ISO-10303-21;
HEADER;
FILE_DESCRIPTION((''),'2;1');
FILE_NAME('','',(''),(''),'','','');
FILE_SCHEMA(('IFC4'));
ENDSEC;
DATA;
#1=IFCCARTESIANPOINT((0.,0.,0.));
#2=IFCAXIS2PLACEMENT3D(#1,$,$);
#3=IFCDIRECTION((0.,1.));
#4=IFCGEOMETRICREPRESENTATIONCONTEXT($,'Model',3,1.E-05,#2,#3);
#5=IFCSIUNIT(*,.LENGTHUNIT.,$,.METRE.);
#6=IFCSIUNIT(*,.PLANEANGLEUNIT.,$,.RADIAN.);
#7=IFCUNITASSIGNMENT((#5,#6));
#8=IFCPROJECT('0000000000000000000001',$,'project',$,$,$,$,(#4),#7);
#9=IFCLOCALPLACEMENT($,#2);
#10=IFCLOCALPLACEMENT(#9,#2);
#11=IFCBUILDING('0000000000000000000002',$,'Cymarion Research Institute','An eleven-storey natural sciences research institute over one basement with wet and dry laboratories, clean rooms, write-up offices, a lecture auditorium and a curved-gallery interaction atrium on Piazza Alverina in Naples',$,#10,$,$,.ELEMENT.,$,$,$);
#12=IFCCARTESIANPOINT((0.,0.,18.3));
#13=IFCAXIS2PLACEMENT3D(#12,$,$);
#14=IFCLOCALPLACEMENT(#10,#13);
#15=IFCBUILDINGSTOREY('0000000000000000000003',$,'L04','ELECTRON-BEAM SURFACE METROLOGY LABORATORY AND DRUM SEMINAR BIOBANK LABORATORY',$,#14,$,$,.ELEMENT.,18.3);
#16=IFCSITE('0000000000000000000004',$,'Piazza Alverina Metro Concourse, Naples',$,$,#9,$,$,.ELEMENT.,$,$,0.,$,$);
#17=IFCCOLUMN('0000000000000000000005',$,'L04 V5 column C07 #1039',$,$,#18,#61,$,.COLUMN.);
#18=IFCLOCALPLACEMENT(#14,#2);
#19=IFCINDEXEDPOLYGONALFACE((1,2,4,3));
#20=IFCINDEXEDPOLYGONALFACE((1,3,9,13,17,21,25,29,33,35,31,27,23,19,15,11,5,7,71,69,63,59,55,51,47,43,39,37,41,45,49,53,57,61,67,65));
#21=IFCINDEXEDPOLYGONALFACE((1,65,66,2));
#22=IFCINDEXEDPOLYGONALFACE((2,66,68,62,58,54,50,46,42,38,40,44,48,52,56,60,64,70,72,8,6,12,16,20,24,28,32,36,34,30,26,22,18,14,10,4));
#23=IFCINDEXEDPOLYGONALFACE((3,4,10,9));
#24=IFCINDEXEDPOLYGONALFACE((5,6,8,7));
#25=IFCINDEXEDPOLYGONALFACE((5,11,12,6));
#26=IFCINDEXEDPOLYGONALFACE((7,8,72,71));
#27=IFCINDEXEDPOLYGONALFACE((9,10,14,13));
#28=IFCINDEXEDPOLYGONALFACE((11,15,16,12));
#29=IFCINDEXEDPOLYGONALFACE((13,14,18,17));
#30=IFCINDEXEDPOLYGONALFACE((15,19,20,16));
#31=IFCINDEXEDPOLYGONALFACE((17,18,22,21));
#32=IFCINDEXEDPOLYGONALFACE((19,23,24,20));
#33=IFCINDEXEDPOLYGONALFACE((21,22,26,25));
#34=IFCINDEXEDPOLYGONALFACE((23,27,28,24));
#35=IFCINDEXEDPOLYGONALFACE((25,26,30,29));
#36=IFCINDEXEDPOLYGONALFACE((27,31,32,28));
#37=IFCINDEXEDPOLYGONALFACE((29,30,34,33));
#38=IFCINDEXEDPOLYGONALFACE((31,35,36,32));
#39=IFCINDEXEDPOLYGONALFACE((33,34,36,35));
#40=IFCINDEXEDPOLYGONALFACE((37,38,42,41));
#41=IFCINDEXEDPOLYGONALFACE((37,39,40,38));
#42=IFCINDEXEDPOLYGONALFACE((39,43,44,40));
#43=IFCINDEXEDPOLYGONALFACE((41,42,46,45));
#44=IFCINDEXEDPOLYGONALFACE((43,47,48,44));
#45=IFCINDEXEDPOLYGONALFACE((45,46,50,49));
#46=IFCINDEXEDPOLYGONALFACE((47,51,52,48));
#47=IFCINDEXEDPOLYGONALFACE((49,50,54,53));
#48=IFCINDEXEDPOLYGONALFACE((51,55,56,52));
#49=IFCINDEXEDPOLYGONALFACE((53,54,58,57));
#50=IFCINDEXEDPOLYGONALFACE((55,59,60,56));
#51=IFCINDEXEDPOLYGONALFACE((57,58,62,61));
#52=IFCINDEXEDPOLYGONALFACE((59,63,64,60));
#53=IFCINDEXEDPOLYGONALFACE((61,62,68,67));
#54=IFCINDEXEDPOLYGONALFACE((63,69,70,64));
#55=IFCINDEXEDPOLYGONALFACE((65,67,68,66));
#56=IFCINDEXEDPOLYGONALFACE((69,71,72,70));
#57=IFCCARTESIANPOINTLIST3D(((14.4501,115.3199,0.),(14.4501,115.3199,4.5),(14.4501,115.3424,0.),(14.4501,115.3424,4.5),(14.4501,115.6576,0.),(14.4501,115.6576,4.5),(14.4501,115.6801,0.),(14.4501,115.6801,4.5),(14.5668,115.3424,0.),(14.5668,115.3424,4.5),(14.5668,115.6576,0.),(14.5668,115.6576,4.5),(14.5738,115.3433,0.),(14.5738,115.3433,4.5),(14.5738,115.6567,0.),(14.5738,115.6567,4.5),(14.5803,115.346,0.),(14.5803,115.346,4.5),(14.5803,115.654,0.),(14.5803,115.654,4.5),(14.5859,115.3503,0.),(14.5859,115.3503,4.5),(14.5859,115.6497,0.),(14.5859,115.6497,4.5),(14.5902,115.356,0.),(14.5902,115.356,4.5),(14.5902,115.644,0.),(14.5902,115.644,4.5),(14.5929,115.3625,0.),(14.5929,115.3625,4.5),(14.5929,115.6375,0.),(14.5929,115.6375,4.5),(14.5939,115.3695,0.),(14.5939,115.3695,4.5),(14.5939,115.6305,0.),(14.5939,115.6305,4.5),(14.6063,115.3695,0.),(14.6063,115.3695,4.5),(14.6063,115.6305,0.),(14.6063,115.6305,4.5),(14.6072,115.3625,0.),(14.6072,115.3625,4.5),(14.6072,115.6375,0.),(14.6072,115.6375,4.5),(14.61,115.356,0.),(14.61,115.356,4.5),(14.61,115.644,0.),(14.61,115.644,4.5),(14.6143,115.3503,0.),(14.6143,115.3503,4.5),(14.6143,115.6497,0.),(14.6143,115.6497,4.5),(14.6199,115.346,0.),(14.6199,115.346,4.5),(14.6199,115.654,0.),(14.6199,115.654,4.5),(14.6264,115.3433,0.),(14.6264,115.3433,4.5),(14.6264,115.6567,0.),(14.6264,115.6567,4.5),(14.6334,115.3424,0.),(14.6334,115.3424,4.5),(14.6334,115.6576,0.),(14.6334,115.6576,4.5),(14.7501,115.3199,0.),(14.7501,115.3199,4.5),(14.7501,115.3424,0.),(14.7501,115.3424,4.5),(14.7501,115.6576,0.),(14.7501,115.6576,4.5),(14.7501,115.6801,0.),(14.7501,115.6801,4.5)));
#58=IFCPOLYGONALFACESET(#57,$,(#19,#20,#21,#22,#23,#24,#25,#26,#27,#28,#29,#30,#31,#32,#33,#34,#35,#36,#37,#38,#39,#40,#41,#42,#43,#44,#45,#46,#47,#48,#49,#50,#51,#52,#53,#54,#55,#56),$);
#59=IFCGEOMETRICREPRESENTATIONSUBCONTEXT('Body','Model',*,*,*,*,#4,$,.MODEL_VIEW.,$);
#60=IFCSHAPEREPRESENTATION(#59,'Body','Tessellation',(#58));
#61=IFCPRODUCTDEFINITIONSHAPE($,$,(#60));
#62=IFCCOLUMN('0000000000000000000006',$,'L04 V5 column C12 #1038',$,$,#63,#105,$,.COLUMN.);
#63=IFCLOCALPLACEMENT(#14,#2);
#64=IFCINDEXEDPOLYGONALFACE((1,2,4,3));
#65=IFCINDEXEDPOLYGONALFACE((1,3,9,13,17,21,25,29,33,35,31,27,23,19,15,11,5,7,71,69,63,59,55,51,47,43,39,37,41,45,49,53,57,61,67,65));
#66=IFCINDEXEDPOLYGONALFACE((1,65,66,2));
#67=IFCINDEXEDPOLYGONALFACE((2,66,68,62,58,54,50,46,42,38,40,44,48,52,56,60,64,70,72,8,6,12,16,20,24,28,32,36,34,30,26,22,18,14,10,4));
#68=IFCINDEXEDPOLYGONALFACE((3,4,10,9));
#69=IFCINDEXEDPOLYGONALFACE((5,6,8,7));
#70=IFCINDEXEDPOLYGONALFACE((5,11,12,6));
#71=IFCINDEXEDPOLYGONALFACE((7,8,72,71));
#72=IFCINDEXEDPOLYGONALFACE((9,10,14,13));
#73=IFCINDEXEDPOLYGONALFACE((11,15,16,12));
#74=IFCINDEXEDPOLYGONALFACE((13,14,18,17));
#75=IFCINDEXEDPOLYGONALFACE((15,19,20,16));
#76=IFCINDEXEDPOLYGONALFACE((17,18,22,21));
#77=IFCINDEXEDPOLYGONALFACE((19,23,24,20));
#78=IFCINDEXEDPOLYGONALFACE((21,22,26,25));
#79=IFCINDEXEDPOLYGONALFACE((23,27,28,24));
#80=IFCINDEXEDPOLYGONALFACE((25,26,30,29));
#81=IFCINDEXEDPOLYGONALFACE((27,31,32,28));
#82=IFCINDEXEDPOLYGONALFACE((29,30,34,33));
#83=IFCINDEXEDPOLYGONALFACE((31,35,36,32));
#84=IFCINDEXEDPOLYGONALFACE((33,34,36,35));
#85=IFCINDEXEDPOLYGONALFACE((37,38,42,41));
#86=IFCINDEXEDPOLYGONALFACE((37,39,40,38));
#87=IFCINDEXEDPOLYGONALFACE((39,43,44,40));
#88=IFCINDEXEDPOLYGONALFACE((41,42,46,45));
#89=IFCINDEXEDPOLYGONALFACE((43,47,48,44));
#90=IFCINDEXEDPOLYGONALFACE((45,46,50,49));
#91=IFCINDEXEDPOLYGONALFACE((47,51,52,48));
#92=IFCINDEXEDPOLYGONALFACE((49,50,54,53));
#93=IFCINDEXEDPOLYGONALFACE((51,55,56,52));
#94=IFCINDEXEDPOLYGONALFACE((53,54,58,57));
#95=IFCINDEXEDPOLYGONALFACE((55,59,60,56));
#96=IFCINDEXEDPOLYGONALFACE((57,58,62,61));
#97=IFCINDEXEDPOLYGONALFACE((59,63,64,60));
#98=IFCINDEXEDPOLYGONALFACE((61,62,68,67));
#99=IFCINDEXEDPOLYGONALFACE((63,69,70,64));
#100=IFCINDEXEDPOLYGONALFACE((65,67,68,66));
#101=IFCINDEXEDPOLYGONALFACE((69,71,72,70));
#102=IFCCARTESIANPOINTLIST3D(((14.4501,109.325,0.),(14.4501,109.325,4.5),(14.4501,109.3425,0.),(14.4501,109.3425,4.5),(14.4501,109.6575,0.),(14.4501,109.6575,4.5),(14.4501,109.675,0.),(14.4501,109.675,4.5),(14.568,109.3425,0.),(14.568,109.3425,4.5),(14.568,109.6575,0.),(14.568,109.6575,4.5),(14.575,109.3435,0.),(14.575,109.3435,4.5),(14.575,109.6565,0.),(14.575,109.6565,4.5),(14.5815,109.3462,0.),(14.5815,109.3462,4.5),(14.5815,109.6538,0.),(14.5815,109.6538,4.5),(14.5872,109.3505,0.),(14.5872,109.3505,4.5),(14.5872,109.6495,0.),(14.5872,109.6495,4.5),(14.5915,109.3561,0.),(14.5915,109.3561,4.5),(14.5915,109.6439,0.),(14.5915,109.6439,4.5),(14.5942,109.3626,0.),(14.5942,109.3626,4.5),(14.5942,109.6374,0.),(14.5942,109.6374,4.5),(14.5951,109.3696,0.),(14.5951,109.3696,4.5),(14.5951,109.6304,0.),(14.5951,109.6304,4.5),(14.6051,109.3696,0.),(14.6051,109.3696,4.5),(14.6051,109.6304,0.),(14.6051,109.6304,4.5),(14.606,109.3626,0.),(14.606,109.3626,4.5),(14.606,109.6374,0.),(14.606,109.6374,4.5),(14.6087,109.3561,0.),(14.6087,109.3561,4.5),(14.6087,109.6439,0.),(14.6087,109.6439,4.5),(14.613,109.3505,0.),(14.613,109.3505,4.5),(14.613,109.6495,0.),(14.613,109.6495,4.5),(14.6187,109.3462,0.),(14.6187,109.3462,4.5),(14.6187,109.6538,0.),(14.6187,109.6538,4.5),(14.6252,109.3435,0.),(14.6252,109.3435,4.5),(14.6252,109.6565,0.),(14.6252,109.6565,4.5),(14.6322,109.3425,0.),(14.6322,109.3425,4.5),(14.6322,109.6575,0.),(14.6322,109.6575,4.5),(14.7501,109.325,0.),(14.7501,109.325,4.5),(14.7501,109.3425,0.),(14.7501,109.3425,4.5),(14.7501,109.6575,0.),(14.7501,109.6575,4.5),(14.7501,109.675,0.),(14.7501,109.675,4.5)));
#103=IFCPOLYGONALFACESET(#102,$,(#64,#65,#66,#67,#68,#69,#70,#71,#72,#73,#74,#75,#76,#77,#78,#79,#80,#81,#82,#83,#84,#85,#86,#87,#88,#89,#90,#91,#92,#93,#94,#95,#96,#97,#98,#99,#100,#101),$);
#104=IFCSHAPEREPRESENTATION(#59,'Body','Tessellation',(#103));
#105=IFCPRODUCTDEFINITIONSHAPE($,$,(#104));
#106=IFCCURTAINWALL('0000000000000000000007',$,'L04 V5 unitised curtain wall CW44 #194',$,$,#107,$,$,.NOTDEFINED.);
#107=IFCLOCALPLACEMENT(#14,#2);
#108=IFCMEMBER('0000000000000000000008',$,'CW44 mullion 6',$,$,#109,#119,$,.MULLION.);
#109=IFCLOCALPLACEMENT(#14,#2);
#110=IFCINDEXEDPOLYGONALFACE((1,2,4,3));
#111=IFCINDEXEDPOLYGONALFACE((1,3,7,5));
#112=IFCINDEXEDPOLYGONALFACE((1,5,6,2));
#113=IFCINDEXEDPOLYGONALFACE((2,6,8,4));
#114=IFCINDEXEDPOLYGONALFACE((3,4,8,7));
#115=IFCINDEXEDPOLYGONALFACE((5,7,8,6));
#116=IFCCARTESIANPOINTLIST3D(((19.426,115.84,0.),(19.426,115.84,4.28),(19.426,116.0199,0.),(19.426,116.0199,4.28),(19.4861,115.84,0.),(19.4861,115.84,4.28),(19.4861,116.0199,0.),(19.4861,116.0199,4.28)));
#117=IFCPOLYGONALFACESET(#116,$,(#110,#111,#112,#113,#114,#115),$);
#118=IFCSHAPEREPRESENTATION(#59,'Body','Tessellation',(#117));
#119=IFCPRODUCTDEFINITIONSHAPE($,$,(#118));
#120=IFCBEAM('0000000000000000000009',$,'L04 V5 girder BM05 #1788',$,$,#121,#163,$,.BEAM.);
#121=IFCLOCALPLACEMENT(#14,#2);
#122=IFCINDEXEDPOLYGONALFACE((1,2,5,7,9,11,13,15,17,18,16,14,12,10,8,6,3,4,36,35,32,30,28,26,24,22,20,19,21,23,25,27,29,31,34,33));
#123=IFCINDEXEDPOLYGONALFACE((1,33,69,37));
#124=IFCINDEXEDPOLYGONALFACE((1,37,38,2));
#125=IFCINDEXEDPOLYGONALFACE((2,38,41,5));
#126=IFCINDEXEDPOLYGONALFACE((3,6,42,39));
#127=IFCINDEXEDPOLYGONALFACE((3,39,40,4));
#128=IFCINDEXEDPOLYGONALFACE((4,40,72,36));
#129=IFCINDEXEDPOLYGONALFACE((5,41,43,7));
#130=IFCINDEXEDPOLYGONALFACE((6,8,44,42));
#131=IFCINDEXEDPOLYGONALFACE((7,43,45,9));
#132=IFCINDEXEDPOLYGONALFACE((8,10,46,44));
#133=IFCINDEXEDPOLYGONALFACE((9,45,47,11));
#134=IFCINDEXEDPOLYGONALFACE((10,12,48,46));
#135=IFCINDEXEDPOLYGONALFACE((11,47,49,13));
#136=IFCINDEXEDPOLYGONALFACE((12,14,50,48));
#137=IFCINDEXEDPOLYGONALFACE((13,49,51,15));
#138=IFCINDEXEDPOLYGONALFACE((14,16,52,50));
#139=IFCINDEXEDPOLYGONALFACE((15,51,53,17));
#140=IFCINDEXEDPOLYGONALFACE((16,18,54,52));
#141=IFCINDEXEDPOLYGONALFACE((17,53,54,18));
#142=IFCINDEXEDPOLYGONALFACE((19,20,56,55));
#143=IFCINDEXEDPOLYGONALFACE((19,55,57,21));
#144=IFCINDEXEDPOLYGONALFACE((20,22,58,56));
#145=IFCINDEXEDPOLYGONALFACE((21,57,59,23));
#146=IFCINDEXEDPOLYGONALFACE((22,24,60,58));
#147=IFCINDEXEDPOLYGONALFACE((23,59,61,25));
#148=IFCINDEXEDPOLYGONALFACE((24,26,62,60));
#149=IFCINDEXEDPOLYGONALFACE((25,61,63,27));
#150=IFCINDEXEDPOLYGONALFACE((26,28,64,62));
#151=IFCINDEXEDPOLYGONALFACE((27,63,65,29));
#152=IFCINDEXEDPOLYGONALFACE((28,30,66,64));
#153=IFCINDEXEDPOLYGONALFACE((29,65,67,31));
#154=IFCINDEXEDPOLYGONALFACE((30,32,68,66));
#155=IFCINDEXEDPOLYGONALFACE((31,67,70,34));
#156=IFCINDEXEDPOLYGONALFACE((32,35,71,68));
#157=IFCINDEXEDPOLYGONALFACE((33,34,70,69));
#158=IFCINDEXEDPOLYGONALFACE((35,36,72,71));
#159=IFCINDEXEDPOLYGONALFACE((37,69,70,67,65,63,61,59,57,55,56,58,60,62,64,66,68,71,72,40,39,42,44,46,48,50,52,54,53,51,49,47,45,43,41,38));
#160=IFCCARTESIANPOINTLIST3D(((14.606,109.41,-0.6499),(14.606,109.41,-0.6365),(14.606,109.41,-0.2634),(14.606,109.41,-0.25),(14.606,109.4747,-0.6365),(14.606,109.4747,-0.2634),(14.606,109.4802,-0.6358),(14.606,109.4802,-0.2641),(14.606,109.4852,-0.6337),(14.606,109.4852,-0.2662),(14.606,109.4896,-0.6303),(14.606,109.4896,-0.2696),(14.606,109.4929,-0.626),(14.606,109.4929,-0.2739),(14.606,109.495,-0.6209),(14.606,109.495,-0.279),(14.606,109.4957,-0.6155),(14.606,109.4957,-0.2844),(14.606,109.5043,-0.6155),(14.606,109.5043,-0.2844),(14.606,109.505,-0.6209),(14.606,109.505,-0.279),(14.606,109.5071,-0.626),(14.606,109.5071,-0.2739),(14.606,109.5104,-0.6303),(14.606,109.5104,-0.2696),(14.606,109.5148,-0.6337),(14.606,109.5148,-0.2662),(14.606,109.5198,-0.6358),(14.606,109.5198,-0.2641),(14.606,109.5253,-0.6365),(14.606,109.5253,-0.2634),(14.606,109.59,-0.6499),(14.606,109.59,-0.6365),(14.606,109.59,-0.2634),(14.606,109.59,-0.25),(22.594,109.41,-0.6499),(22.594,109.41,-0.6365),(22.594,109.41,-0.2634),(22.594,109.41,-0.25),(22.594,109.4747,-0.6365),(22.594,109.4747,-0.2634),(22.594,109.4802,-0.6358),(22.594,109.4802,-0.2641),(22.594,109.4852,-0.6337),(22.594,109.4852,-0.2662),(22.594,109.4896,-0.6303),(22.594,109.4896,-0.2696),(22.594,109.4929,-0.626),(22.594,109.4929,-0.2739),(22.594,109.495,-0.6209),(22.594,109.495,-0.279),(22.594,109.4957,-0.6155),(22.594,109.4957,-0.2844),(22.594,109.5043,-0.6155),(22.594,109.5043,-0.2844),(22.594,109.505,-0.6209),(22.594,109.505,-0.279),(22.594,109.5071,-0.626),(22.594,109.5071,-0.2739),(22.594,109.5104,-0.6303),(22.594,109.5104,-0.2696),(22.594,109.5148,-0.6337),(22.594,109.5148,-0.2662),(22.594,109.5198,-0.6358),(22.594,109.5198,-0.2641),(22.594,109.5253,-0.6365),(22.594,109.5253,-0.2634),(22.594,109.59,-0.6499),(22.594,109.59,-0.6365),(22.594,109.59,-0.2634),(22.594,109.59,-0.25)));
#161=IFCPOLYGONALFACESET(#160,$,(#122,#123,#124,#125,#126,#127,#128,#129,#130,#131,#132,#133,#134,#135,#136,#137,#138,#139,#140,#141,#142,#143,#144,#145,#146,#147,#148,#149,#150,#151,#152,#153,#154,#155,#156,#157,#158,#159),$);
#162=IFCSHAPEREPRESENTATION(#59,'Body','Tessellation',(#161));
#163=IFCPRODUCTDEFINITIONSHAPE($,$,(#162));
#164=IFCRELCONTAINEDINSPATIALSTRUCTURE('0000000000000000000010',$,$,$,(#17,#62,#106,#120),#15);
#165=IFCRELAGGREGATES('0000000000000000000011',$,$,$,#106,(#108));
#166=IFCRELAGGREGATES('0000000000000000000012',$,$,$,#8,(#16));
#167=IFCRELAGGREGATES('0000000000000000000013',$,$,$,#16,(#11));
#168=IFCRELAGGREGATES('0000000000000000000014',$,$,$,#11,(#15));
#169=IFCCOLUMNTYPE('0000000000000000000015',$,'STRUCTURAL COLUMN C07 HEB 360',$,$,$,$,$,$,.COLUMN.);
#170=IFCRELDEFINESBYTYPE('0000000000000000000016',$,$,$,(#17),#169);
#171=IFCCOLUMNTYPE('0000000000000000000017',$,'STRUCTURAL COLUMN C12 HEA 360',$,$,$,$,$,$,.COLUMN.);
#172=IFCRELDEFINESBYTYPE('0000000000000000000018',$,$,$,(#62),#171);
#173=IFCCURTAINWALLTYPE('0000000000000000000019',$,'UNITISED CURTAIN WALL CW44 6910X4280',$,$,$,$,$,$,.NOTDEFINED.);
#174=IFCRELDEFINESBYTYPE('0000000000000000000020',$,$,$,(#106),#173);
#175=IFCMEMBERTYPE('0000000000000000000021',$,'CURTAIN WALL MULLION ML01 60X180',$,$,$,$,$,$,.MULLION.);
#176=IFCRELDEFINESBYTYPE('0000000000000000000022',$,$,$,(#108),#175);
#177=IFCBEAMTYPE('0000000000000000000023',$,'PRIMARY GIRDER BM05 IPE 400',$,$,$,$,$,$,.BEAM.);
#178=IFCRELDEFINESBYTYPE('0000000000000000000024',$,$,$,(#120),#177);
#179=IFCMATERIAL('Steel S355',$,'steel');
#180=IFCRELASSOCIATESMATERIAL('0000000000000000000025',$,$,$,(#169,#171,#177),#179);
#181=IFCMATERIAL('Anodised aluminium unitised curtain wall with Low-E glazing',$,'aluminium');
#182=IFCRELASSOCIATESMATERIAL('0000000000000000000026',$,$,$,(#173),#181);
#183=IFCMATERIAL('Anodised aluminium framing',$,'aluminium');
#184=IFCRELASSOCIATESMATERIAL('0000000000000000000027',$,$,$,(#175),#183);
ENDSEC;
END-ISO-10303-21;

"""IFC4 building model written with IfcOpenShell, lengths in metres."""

from ifc_helpers import new_model, si_unit, direction, frame, origin, origin_2d, place, context, subcontext, project, spatial, rectangle, i_section, extrude, material, material_profile, profile_set, type_object, element, aggregate, save


model = new_model("IFC4")

# Units and contexts
model_context = context("Model", 3, precision=1e-05, world=origin(), true_north=direction((0.0, 1.0)))
body_context = subcontext(model_context, "Body", "Model", "MODEL_VIEW")
ifc_project = project(units=[si_unit("LENGTHUNIT", "METRE"), si_unit("PLANEANGLEUNIT", "RADIAN")], contexts=[model_context])

# Site, building, storey
site_placement = place(None, origin())
site = spatial("IfcSite", under=ifc_project, at=site_placement, Name="Piazza Alverina Metro Concourse, Naples", CompositionType="ELEMENT", RefElevation=0.0)
building_placement = place(site_placement, origin())
building = spatial("IfcBuilding", under=site, at=building_placement, Name="Cymarion Research Institute", Description="An eleven-storey natural sciences research institute over one basement with wet and dry laboratories, clean rooms, write-up offices, a lecture auditorium and a curved-gallery interaction atrium on Piazza Alverina in Naples", CompositionType="ELEMENT")
storey_placement = place(building_placement, frame((0.0, 0.0, 18.3)))
storey = spatial("IfcBuildingStorey", under=building, at=storey_placement, Name="L04", Description="ELECTRON-BEAM SURFACE METROLOGY LABORATORY AND DRUM SEMINAR BIOBANK LABORATORY", CompositionType="ELEMENT", Elevation=18.3)

# Columns
ifc_material_1 = material(Name="Steel S355", Category="steel")
ifc_material_profile_1 = material_profile(ifc_material_1, i_section(OverallWidth=0.3, OverallDepth=0.3601, WebThickness=0.0125, FlangeThickness=0.0225, FilletRadius=0.0271, at=origin_2d()), Name="HEB 360")
ifc_profile_set_1 = profile_set([ifc_material_profile_1], Name="Steel S355")
column_type_1 = type_object("IfcColumnType", Name="STRUCTURAL COLUMN C07 HEB 360", PredefinedType="COLUMN", material=ifc_profile_set_1)
column_1_placement = place(storey_placement, frame((14.6001, 115.5, 0.0), z_axis=(0.0, 0.0, 1.0), x_axis=(1.0, 0.0, 0.0)))
element("IfcColumn", 1, at=column_1_placement, inside=storey, type_object=column_type_1, Name="L04 V5 column C07 #1039", PredefinedType="COLUMN", context=body_context, shape_type="SweptSolid", body=[
    extrude(i_section(OverallWidth=0.3, OverallDepth=0.3601, WebThickness=0.0125, FlangeThickness=0.0225, FilletRadius=0.0271, at=origin_2d()), origin(), (0.0, 0.0, 1.0), 4.5),
])
ifc_material_profile_2 = material_profile(ifc_material_1, i_section(OverallWidth=0.3, OverallDepth=0.3501, WebThickness=0.01, FlangeThickness=0.0176, FilletRadius=0.0271, at=origin_2d()), Name="HEA 360")
ifc_profile_set_2 = profile_set([ifc_material_profile_2], Name="Steel S355")
column_type_2 = type_object("IfcColumnType", Name="STRUCTURAL COLUMN C12 HEA 360", PredefinedType="COLUMN", material=ifc_profile_set_2)
column_2_placement = place(storey_placement, frame((14.6001, 109.5, 0.0), z_axis=(0.0, 0.0, 1.0), x_axis=(1.0, 0.0, 0.0)))
element("IfcColumn", 2, at=column_2_placement, inside=storey, type_object=column_type_2, Name="L04 V5 column C12 #1038", PredefinedType="COLUMN", context=body_context, shape_type="SweptSolid", body=[
    extrude(i_section(OverallWidth=0.3, OverallDepth=0.3501, WebThickness=0.01, FlangeThickness=0.0176, FilletRadius=0.0271, at=origin_2d()), origin(), (0.0, 0.0, 1.0), 4.5),
])

# Curtain wall, member
ifc_material_2 = material(Name="Anodised aluminium unitised curtain wall with Low-E glazing", Category="aluminium")
curtain_wall_type = type_object("IfcCurtainWallType", Name="UNITISED CURTAIN WALL CW44 6910X4280", PredefinedType="NOTDEFINED", material=ifc_material_2)
curtain_wall_placement = place(storey_placement, origin())
curtain_wall = element("IfcCurtainWall", 3, at=curtain_wall_placement, inside=storey, type_object=curtain_wall_type, Name="L04 V5 unitised curtain wall CW44 #194", PredefinedType="NOTDEFINED")
ifc_material_3 = material(Name="Anodised aluminium framing", Category="aluminium")
ifc_material_profile_3 = material_profile(ifc_material_3, rectangle(XDim=0.0601, YDim=0.1799, at=origin_2d()), Name="ALU MULLION 60x180")
ifc_profile_set_3 = profile_set([ifc_material_profile_3], Name="Anodised aluminium framing")
member_type_1 = type_object("IfcMemberType", Name="CURTAIN WALL MULLION ML01 60X180", PredefinedType="MULLION", material=ifc_profile_set_3)
member_1_placement = place(storey_placement, frame((19.4561, 115.9299, 0.0), z_axis=(0.0, 0.0, 1.0), x_axis=(-1.0, 0.0, 0.0)))
member_1 = element("IfcMember", 4, at=member_1_placement, type_object=member_type_1, Name="CW44 mullion 6", PredefinedType="MULLION", context=body_context, shape_type="SweptSolid", body=[
    extrude(rectangle(XDim=0.0601, YDim=0.1799, at=origin_2d()), origin(), (0.0, 0.0, 1.0), 4.28),
])
aggregate(curtain_wall, [member_1])

# Beam
ifc_material_profile_4 = material_profile(ifc_material_1, i_section(OverallWidth=0.1799, OverallDepth=0.3999, WebThickness=0.0085, FlangeThickness=0.0134, FilletRadius=0.021, at=origin_2d()), Name="IPE 400")
ifc_profile_set_4 = profile_set([ifc_material_profile_4], Name="Steel S355")
beam_type_1 = type_object("IfcBeamType", Name="PRIMARY GIRDER BM05 IPE 400", PredefinedType="BEAM", material=ifc_profile_set_4)
beam_1_placement = place(storey_placement, frame((14.606, 109.5, -0.45), z_axis=(1.0, 0.0, 0.0), x_axis=(0.0, 1.0, 0.0)))
element("IfcBeam", 5, at=beam_1_placement, inside=storey, type_object=beam_type_1, Name="L04 V5 girder BM05 #1788", PredefinedType="BEAM", context=body_context, shape_type="SweptSolid", body=[
    extrude(i_section(OverallWidth=0.1799, OverallDepth=0.3999, WebThickness=0.0085, FlangeThickness=0.0134, FilletRadius=0.021, at=origin_2d()), origin(), (0.0, 0.0, 1.0), 7.988),
])

save(model, "model.ifc")
